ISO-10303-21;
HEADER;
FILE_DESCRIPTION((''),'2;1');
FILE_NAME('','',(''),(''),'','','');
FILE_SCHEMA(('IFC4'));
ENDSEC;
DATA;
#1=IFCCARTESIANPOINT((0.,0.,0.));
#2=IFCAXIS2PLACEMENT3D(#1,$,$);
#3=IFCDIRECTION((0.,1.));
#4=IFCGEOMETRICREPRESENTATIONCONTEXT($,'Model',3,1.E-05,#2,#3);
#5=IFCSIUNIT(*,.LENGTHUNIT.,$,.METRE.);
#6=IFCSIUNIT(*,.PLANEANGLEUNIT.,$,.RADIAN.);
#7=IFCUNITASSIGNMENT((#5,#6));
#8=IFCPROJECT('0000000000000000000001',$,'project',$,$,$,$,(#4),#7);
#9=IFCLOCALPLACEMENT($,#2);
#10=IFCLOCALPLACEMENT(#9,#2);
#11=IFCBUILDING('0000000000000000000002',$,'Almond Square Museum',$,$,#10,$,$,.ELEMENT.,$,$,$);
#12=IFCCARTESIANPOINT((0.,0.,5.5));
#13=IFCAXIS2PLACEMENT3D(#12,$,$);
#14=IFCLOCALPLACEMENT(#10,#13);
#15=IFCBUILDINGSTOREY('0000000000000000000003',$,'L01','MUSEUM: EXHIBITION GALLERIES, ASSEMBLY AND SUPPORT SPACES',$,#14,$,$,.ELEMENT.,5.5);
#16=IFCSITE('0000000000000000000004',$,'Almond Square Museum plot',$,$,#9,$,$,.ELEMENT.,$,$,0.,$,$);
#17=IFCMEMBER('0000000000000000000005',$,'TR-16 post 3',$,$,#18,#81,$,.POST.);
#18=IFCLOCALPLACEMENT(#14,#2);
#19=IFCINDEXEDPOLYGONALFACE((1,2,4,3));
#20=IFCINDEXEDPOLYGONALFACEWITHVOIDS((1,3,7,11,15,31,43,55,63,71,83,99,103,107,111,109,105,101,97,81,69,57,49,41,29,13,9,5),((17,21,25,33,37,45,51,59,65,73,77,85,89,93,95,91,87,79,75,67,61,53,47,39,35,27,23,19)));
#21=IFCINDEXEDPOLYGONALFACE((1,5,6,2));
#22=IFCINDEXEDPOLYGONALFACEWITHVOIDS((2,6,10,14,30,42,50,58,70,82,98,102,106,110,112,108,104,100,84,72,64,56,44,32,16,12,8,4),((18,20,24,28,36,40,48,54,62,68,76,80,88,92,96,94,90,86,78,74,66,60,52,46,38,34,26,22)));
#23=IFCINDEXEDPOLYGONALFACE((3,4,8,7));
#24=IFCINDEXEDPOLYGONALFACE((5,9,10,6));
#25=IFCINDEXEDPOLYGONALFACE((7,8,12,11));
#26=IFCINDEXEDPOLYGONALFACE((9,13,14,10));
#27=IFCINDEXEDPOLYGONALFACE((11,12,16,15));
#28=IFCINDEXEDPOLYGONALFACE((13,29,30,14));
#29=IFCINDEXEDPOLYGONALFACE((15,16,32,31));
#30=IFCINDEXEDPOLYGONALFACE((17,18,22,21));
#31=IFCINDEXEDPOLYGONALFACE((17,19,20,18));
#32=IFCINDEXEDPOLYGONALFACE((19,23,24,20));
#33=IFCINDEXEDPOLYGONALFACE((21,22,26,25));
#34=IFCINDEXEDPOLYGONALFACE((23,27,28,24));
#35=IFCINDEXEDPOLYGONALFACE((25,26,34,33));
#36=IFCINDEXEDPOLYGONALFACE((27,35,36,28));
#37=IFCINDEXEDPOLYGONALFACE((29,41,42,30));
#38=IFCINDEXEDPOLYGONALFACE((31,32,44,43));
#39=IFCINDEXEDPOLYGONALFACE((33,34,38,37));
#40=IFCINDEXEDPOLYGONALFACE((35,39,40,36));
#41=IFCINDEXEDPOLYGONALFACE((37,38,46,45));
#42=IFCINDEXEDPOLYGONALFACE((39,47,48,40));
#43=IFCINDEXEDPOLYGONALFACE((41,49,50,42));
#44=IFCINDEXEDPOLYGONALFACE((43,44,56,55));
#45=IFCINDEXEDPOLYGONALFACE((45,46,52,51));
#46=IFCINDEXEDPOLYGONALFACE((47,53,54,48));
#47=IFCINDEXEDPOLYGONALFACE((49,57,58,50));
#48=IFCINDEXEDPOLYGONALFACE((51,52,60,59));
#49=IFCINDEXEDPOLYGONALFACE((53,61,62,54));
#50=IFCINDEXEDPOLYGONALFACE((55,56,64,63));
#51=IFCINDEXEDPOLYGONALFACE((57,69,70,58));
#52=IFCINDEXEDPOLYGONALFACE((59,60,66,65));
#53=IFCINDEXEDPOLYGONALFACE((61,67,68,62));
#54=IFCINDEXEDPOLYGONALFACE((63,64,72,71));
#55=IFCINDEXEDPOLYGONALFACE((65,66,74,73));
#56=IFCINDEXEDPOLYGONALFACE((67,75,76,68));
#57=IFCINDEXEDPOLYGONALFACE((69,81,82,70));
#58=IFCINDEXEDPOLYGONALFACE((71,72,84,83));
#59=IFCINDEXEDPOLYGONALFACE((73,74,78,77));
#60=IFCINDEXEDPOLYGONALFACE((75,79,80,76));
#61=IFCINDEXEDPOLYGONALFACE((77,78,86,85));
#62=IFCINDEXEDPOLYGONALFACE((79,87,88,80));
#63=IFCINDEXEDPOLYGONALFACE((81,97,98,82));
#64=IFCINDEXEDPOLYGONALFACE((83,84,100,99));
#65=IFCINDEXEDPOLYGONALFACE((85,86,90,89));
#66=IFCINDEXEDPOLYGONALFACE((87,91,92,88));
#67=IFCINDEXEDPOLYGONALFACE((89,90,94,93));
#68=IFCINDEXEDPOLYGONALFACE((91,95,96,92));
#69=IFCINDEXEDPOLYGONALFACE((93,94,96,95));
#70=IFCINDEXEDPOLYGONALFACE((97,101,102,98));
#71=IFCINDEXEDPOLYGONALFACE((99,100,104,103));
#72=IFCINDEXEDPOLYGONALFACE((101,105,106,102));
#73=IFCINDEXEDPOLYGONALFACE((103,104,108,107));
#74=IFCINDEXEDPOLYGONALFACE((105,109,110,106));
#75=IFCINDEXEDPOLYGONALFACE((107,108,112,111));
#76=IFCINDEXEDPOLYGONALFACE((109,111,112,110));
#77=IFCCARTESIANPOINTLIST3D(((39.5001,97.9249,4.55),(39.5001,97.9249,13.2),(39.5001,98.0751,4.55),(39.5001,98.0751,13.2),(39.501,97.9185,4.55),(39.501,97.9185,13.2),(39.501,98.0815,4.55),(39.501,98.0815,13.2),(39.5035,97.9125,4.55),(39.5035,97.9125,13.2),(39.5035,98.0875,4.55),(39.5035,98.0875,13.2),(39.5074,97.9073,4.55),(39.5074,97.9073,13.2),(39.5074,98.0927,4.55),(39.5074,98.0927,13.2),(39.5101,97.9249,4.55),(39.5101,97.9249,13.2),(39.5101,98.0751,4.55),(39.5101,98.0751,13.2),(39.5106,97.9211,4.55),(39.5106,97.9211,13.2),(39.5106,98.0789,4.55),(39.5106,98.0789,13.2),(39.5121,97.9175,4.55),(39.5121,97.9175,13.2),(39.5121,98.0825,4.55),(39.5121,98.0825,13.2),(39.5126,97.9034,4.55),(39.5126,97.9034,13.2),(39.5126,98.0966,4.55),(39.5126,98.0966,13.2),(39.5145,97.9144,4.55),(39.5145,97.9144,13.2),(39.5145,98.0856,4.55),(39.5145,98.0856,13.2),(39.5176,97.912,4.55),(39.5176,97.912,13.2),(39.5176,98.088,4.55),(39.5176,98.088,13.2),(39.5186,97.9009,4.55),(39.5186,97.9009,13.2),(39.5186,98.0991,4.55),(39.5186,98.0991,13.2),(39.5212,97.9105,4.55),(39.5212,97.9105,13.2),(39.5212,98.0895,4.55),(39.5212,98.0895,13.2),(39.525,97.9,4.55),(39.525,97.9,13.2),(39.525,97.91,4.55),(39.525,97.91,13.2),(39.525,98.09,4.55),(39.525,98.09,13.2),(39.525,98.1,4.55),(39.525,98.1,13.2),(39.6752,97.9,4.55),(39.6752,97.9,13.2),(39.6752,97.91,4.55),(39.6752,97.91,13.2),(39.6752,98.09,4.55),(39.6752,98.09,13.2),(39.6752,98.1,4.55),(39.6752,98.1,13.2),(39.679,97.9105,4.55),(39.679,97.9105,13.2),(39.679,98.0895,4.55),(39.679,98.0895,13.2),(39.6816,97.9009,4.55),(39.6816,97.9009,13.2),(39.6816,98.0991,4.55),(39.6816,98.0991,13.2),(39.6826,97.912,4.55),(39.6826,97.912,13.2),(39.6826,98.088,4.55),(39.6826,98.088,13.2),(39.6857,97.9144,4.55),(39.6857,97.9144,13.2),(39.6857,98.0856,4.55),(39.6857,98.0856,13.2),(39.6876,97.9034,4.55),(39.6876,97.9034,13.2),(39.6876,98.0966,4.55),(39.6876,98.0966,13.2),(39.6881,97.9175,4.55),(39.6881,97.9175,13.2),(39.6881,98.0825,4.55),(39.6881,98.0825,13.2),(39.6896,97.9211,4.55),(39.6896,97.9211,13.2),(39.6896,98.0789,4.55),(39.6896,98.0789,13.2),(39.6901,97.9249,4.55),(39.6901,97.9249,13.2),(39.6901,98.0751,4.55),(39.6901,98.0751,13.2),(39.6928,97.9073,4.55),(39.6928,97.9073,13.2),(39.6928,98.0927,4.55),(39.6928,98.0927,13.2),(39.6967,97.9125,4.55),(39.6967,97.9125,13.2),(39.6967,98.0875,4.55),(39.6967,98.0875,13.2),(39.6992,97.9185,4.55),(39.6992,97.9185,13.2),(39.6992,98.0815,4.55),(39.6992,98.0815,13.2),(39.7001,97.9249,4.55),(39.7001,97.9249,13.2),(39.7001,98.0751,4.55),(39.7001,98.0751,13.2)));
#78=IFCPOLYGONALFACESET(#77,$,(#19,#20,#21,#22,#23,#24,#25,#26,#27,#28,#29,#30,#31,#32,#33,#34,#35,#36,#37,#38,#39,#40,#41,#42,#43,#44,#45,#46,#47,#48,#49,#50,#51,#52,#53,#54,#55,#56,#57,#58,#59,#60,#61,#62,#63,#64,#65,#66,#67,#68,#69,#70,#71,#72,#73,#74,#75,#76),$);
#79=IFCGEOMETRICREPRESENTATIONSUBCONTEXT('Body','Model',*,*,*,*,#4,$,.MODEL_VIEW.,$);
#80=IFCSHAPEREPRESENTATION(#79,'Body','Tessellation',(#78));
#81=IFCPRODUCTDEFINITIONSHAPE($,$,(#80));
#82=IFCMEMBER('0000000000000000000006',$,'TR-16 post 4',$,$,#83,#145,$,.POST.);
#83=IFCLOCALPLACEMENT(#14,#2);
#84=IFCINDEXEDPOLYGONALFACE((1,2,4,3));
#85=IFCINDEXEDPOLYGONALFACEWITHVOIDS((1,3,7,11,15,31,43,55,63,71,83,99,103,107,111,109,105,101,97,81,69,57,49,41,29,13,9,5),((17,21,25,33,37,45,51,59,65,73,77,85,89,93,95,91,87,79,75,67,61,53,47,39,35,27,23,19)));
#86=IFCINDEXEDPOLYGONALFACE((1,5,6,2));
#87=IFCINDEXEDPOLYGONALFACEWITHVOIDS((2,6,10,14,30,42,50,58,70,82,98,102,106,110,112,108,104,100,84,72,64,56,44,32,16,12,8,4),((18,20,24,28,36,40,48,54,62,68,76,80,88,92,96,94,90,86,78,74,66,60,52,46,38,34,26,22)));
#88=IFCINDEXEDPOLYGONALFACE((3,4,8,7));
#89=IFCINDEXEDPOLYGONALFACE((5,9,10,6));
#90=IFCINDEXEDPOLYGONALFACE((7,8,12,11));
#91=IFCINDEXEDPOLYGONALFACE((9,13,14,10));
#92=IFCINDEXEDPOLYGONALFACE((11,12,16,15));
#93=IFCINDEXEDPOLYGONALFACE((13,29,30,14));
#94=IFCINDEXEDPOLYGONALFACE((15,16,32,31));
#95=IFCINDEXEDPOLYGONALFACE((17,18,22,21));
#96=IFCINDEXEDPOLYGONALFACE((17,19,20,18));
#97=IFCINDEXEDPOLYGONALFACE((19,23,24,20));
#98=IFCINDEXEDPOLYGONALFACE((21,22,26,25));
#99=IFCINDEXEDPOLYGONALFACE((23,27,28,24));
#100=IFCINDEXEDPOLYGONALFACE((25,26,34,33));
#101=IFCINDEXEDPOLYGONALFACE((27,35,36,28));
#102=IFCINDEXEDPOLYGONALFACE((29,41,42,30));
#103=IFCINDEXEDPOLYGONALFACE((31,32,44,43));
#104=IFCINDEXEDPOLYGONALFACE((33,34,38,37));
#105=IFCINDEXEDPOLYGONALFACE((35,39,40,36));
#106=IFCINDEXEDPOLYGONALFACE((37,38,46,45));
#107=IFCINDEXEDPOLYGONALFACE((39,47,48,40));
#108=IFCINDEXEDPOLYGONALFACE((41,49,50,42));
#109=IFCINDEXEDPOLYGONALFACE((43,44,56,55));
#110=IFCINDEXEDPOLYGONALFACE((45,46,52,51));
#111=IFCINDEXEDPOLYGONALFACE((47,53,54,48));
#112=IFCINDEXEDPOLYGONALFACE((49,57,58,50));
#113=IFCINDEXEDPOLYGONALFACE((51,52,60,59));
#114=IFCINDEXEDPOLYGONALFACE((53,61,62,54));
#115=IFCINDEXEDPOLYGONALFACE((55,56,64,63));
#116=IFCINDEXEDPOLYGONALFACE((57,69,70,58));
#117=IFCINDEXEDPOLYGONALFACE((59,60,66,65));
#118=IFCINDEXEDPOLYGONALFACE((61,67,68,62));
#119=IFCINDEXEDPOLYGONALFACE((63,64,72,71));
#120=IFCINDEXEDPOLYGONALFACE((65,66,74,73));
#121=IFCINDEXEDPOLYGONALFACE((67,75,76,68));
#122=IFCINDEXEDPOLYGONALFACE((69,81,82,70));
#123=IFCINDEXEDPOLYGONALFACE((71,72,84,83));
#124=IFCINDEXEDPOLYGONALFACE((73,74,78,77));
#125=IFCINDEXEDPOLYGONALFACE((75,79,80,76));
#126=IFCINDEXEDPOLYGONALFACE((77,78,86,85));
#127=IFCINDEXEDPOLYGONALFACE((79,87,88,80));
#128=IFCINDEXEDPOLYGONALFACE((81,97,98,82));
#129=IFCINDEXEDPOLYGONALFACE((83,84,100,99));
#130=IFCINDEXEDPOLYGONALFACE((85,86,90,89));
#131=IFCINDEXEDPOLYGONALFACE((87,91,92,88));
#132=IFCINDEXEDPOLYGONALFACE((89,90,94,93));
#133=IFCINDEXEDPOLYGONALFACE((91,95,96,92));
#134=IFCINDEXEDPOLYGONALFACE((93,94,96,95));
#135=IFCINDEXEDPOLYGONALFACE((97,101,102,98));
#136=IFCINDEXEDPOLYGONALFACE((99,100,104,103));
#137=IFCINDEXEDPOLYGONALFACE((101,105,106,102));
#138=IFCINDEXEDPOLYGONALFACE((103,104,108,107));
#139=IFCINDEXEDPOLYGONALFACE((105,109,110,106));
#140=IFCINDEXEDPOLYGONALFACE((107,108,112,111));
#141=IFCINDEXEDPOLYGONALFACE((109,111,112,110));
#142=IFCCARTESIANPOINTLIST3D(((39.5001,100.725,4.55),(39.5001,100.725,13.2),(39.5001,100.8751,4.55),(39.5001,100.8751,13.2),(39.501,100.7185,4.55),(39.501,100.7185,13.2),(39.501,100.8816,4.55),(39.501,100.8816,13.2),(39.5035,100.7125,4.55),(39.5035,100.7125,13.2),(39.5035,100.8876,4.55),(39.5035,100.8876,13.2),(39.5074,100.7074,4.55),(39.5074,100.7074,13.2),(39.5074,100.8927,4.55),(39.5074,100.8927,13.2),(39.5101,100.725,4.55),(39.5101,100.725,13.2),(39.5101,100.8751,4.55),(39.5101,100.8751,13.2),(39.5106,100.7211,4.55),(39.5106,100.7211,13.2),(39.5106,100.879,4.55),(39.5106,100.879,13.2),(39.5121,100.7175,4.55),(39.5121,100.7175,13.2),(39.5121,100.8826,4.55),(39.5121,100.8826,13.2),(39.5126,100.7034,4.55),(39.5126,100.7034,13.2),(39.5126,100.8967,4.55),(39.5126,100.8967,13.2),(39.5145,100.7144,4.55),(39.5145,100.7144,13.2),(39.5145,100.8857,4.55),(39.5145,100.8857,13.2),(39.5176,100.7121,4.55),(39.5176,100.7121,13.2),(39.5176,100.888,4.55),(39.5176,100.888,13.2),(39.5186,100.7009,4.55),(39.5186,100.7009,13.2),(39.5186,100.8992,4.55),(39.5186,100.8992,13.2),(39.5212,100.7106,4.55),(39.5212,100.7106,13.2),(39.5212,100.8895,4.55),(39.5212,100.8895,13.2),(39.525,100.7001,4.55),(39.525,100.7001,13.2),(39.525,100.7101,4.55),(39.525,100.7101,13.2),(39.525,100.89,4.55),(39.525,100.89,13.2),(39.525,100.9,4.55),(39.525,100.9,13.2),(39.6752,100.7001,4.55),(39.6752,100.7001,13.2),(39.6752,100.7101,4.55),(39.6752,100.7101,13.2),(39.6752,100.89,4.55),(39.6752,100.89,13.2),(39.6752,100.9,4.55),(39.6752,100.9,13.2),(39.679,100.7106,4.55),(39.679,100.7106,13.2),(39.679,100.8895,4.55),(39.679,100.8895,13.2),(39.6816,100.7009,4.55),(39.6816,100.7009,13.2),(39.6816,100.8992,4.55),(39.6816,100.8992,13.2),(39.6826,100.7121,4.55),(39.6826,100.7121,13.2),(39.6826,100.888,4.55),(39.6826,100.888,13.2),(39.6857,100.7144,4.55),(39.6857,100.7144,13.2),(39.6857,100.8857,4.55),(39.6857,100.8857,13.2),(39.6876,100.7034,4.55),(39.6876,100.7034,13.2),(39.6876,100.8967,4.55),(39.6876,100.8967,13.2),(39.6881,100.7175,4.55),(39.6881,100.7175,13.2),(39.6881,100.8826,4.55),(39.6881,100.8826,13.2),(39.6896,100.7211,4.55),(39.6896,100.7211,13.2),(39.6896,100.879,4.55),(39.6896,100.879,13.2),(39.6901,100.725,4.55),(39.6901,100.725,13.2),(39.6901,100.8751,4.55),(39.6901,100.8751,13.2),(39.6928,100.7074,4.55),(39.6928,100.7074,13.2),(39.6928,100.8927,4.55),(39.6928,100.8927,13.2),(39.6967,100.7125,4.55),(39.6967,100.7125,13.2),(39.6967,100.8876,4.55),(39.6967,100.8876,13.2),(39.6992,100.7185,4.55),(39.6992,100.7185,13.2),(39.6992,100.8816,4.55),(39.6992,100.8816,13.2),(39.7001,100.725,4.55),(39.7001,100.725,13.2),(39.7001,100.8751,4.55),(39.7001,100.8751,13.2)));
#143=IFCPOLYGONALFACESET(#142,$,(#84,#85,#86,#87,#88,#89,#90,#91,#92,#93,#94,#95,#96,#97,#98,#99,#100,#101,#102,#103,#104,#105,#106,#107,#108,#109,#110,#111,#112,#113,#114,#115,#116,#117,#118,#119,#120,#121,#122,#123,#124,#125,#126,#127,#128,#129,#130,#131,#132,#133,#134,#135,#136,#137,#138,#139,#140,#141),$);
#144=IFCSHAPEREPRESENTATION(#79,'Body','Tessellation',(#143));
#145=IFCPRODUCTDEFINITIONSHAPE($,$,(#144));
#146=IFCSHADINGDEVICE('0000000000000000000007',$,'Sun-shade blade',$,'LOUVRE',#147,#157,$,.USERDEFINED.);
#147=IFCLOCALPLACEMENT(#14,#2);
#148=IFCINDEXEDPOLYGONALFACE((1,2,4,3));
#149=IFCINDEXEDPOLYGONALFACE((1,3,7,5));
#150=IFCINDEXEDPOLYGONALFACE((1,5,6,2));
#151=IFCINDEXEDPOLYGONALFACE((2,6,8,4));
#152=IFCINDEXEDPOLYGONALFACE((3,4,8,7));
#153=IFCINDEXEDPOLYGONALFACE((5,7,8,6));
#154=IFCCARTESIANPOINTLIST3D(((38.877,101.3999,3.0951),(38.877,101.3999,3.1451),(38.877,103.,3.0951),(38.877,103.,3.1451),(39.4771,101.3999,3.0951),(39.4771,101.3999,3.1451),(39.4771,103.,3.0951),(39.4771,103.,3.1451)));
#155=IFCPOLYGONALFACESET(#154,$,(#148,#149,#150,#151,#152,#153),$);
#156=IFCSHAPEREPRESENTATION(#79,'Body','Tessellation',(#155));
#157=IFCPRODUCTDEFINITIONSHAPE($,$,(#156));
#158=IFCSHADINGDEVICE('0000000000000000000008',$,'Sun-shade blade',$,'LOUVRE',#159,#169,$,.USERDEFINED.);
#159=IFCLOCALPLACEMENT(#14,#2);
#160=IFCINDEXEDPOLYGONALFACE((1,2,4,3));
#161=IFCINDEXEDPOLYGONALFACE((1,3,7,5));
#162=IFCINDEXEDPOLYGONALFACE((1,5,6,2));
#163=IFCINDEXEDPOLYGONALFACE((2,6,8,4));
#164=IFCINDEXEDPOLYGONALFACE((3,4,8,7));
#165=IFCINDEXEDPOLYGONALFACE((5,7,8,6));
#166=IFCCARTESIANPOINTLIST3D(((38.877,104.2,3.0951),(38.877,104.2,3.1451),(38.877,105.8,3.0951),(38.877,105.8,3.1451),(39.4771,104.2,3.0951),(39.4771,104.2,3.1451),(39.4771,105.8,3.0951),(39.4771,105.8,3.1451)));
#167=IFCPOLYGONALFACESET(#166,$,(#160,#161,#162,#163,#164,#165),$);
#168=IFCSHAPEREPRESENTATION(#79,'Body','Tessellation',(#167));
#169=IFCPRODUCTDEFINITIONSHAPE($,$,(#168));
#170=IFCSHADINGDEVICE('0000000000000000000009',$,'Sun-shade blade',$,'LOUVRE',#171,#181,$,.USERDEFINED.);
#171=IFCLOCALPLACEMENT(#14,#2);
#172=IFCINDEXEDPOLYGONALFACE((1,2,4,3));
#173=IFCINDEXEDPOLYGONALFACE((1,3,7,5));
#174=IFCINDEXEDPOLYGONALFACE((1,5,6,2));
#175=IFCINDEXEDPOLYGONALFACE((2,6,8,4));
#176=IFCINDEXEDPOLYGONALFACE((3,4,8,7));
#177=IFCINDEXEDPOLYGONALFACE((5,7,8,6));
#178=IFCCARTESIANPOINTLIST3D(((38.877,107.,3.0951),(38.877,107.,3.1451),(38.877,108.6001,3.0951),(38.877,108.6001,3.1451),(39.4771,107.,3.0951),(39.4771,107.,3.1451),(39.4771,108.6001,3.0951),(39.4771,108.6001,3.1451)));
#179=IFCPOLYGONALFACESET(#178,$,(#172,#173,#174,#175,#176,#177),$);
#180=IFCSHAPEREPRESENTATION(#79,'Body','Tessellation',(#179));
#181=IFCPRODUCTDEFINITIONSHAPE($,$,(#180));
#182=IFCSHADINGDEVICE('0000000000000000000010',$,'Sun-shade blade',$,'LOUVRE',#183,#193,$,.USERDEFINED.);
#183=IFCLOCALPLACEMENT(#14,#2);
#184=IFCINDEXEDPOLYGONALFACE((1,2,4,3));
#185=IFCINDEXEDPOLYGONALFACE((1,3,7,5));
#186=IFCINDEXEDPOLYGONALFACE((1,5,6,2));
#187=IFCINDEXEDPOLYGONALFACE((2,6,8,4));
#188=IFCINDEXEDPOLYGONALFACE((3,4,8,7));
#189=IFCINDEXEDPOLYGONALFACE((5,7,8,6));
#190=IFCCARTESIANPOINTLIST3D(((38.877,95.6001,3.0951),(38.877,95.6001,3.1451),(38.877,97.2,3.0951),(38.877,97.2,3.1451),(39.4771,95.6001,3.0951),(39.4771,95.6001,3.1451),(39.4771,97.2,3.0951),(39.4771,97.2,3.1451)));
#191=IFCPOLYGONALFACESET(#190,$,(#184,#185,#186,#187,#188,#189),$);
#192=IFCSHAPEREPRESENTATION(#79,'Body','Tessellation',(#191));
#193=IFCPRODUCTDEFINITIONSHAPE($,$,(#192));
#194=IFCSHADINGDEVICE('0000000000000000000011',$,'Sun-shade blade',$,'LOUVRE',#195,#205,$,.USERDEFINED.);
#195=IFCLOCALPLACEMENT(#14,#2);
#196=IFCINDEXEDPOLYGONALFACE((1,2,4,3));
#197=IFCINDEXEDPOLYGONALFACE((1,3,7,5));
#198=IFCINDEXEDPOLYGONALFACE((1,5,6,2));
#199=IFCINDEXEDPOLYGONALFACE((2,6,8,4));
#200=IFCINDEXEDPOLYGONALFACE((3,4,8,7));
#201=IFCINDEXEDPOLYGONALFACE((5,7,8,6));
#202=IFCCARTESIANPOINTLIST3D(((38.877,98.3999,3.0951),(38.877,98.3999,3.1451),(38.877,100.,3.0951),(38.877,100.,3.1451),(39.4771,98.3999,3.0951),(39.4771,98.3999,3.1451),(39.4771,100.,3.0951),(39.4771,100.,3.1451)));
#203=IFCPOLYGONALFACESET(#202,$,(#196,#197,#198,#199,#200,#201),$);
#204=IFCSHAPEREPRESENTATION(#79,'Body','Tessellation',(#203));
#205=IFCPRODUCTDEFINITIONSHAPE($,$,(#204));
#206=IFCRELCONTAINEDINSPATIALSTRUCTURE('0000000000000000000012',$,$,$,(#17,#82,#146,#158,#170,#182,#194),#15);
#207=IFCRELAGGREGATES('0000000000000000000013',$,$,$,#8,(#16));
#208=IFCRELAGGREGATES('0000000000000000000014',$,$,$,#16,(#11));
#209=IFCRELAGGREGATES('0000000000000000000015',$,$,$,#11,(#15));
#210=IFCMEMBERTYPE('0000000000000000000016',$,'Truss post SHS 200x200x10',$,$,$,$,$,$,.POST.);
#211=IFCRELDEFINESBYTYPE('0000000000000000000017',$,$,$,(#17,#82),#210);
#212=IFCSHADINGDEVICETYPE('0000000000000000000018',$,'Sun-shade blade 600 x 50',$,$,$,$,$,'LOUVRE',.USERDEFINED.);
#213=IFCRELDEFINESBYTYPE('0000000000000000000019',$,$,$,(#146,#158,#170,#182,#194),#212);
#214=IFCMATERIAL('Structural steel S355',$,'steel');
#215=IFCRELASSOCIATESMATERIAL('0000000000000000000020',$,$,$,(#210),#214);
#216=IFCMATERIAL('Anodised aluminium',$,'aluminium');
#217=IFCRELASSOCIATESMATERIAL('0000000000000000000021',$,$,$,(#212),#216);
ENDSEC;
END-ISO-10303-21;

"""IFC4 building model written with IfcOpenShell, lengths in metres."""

from ifc_helpers import new_model, si_unit, direction, frame, origin, origin_2d, place, context, subcontext, project, spatial, rectangle, hollow_rectangle, extrude, material, material_profile, profile_set, type_object, element, save


model = new_model("IFC4")

# Units and contexts
model_context = context("Model", 3, precision=1e-05, world=origin(), true_north=direction((0.0, 1.0)))
body_context = subcontext(model_context, "Body", "Model", "MODEL_VIEW")
ifc_project = project(units=[si_unit("LENGTHUNIT", "METRE"), si_unit("PLANEANGLEUNIT", "RADIAN")], contexts=[model_context])

# Site, building, storey
site_placement = place(None, origin())
site = spatial("IfcSite", under=ifc_project, at=site_placement, Name="Almond Square Museum plot", CompositionType="ELEMENT", RefElevation=0.0)
building_placement = place(site_placement, origin())
building = spatial("IfcBuilding", under=site, at=building_placement, Name="Almond Square Museum", CompositionType="ELEMENT")
storey_placement = place(building_placement, frame((0.0, 0.0, 5.5)))
storey = spatial("IfcBuildingStorey", under=building, at=storey_placement, Name="L01", Description="MUSEUM: EXHIBITION GALLERIES, ASSEMBLY AND SUPPORT SPACES", CompositionType="ELEMENT", Elevation=5.5)

# Members
ifc_material_1 = material(Name="Structural steel S355", Category="steel")
ifc_material_profile_1 = material_profile(ifc_material_1, hollow_rectangle(XDim=0.2, YDim=0.2, WallThickness=0.01, InnerFilletRadius=0.0149, OuterFilletRadius=0.0249, at=origin_2d()))
ifc_profile_set_1 = profile_set([ifc_material_profile_1], Name="Structural steel S355")
member_type_1 = type_object("IfcMemberType", Name="Truss post SHS 200x200x10", PredefinedType="POST", material=ifc_profile_set_1)
for number, where, z_axis, x_axis, name in (
    (1, (39.6001, 98.0, 4.55), (0.0, 0.0, 1.0), (1.0, 0.0, 0.0), "TR-16 post 3"),
    (2, (39.6001, 100.8, 4.55), (0.0, 0.0, 1.0), (1.0, 0.0, 0.0), "TR-16 post 4"),
):
    element("IfcMember", number, at=place(storey_placement, frame(where, z_axis=z_axis, x_axis=x_axis)), inside=storey, type_object=member_type_1, Name=name, PredefinedType="POST", context=body_context, shape_type="SweptSolid", body=[
        extrude(hollow_rectangle(XDim=0.2, YDim=0.2, WallThickness=0.01, InnerFilletRadius=0.0149, OuterFilletRadius=0.0249, at=origin_2d()), origin(), (0.0, 0.0, 1.0), 8.6499),
    ])

# Shading devices
ifc_material_2 = material(Name="Anodised aluminium", Category="aluminium")
ifc_material_profile_2 = material_profile(ifc_material_2, rectangle(XDim=0.6001, YDim=0.05, at=origin_2d()))
ifc_profile_set_2 = profile_set([ifc_material_profile_2], Name="Anodised aluminium")
shading_device_type = type_object("IfcShadingDeviceType", Name="Sun-shade blade 600 x 50", ElementType="LOUVRE", PredefinedType="USERDEFINED", material=ifc_profile_set_2)
for number, where, z_axis, x_axis, name in (
    (3, (39.177, 101.3999, 3.1201), (0.0, 1.0, 0.0), (-1.0, 0.0, 0.0), "Sun-shade blade"),
    (4, (39.177, 104.2, 3.1201), (0.0, 1.0, 0.0), (-1.0, 0.0, 0.0), "Sun-shade blade"),
    (5, (39.177, 107.0, 3.1201), (0.0, 1.0, 0.0), (-1.0, 0.0, 0.0), "Sun-shade blade"),
):
    element("IfcShadingDevice", number, at=place(storey_placement, frame(where, z_axis=z_axis, x_axis=x_axis)), inside=storey, type_object=shading_device_type, Name=name, ObjectType="LOUVRE", PredefinedType="USERDEFINED", context=body_context, shape_type="SweptSolid", body=[
        extrude(rectangle(XDim=0.6001, YDim=0.05, at=origin_2d()), origin(), (0.0, 0.0, 1.0), 1.6001),
    ])
shading_device_1_placement = place(storey_placement, frame((39.177, 95.6001, 3.1201), z_axis=(0.0, 1.0, 0.0), x_axis=(-1.0, 0.0, 0.0)))
element("IfcShadingDevice", 6, at=shading_device_1_placement, inside=storey, type_object=shading_device_type, Name="Sun-shade blade", ObjectType="LOUVRE", PredefinedType="USERDEFINED", context=body_context, shape_type="SweptSolid", body=[
    extrude(rectangle(XDim=0.6001, YDim=0.05, at=origin_2d()), origin(), (0.0, 0.0, 1.0), 1.5999),
])
shading_device_2_placement = place(storey_placement, frame((39.177, 98.3999, 3.1201), z_axis=(0.0, 1.0, 0.0), x_axis=(-1.0, 0.0, 0.0)))
element("IfcShadingDevice", 7, at=shading_device_2_placement, inside=storey, type_object=shading_device_type, Name="Sun-shade blade", ObjectType="LOUVRE", PredefinedType="USERDEFINED", context=body_context, shape_type="SweptSolid", body=[
    extrude(rectangle(XDim=0.6001, YDim=0.05, at=origin_2d()), origin(), (0.0, 0.0, 1.0), 1.6001),
])

save(model, "model.ifc")
